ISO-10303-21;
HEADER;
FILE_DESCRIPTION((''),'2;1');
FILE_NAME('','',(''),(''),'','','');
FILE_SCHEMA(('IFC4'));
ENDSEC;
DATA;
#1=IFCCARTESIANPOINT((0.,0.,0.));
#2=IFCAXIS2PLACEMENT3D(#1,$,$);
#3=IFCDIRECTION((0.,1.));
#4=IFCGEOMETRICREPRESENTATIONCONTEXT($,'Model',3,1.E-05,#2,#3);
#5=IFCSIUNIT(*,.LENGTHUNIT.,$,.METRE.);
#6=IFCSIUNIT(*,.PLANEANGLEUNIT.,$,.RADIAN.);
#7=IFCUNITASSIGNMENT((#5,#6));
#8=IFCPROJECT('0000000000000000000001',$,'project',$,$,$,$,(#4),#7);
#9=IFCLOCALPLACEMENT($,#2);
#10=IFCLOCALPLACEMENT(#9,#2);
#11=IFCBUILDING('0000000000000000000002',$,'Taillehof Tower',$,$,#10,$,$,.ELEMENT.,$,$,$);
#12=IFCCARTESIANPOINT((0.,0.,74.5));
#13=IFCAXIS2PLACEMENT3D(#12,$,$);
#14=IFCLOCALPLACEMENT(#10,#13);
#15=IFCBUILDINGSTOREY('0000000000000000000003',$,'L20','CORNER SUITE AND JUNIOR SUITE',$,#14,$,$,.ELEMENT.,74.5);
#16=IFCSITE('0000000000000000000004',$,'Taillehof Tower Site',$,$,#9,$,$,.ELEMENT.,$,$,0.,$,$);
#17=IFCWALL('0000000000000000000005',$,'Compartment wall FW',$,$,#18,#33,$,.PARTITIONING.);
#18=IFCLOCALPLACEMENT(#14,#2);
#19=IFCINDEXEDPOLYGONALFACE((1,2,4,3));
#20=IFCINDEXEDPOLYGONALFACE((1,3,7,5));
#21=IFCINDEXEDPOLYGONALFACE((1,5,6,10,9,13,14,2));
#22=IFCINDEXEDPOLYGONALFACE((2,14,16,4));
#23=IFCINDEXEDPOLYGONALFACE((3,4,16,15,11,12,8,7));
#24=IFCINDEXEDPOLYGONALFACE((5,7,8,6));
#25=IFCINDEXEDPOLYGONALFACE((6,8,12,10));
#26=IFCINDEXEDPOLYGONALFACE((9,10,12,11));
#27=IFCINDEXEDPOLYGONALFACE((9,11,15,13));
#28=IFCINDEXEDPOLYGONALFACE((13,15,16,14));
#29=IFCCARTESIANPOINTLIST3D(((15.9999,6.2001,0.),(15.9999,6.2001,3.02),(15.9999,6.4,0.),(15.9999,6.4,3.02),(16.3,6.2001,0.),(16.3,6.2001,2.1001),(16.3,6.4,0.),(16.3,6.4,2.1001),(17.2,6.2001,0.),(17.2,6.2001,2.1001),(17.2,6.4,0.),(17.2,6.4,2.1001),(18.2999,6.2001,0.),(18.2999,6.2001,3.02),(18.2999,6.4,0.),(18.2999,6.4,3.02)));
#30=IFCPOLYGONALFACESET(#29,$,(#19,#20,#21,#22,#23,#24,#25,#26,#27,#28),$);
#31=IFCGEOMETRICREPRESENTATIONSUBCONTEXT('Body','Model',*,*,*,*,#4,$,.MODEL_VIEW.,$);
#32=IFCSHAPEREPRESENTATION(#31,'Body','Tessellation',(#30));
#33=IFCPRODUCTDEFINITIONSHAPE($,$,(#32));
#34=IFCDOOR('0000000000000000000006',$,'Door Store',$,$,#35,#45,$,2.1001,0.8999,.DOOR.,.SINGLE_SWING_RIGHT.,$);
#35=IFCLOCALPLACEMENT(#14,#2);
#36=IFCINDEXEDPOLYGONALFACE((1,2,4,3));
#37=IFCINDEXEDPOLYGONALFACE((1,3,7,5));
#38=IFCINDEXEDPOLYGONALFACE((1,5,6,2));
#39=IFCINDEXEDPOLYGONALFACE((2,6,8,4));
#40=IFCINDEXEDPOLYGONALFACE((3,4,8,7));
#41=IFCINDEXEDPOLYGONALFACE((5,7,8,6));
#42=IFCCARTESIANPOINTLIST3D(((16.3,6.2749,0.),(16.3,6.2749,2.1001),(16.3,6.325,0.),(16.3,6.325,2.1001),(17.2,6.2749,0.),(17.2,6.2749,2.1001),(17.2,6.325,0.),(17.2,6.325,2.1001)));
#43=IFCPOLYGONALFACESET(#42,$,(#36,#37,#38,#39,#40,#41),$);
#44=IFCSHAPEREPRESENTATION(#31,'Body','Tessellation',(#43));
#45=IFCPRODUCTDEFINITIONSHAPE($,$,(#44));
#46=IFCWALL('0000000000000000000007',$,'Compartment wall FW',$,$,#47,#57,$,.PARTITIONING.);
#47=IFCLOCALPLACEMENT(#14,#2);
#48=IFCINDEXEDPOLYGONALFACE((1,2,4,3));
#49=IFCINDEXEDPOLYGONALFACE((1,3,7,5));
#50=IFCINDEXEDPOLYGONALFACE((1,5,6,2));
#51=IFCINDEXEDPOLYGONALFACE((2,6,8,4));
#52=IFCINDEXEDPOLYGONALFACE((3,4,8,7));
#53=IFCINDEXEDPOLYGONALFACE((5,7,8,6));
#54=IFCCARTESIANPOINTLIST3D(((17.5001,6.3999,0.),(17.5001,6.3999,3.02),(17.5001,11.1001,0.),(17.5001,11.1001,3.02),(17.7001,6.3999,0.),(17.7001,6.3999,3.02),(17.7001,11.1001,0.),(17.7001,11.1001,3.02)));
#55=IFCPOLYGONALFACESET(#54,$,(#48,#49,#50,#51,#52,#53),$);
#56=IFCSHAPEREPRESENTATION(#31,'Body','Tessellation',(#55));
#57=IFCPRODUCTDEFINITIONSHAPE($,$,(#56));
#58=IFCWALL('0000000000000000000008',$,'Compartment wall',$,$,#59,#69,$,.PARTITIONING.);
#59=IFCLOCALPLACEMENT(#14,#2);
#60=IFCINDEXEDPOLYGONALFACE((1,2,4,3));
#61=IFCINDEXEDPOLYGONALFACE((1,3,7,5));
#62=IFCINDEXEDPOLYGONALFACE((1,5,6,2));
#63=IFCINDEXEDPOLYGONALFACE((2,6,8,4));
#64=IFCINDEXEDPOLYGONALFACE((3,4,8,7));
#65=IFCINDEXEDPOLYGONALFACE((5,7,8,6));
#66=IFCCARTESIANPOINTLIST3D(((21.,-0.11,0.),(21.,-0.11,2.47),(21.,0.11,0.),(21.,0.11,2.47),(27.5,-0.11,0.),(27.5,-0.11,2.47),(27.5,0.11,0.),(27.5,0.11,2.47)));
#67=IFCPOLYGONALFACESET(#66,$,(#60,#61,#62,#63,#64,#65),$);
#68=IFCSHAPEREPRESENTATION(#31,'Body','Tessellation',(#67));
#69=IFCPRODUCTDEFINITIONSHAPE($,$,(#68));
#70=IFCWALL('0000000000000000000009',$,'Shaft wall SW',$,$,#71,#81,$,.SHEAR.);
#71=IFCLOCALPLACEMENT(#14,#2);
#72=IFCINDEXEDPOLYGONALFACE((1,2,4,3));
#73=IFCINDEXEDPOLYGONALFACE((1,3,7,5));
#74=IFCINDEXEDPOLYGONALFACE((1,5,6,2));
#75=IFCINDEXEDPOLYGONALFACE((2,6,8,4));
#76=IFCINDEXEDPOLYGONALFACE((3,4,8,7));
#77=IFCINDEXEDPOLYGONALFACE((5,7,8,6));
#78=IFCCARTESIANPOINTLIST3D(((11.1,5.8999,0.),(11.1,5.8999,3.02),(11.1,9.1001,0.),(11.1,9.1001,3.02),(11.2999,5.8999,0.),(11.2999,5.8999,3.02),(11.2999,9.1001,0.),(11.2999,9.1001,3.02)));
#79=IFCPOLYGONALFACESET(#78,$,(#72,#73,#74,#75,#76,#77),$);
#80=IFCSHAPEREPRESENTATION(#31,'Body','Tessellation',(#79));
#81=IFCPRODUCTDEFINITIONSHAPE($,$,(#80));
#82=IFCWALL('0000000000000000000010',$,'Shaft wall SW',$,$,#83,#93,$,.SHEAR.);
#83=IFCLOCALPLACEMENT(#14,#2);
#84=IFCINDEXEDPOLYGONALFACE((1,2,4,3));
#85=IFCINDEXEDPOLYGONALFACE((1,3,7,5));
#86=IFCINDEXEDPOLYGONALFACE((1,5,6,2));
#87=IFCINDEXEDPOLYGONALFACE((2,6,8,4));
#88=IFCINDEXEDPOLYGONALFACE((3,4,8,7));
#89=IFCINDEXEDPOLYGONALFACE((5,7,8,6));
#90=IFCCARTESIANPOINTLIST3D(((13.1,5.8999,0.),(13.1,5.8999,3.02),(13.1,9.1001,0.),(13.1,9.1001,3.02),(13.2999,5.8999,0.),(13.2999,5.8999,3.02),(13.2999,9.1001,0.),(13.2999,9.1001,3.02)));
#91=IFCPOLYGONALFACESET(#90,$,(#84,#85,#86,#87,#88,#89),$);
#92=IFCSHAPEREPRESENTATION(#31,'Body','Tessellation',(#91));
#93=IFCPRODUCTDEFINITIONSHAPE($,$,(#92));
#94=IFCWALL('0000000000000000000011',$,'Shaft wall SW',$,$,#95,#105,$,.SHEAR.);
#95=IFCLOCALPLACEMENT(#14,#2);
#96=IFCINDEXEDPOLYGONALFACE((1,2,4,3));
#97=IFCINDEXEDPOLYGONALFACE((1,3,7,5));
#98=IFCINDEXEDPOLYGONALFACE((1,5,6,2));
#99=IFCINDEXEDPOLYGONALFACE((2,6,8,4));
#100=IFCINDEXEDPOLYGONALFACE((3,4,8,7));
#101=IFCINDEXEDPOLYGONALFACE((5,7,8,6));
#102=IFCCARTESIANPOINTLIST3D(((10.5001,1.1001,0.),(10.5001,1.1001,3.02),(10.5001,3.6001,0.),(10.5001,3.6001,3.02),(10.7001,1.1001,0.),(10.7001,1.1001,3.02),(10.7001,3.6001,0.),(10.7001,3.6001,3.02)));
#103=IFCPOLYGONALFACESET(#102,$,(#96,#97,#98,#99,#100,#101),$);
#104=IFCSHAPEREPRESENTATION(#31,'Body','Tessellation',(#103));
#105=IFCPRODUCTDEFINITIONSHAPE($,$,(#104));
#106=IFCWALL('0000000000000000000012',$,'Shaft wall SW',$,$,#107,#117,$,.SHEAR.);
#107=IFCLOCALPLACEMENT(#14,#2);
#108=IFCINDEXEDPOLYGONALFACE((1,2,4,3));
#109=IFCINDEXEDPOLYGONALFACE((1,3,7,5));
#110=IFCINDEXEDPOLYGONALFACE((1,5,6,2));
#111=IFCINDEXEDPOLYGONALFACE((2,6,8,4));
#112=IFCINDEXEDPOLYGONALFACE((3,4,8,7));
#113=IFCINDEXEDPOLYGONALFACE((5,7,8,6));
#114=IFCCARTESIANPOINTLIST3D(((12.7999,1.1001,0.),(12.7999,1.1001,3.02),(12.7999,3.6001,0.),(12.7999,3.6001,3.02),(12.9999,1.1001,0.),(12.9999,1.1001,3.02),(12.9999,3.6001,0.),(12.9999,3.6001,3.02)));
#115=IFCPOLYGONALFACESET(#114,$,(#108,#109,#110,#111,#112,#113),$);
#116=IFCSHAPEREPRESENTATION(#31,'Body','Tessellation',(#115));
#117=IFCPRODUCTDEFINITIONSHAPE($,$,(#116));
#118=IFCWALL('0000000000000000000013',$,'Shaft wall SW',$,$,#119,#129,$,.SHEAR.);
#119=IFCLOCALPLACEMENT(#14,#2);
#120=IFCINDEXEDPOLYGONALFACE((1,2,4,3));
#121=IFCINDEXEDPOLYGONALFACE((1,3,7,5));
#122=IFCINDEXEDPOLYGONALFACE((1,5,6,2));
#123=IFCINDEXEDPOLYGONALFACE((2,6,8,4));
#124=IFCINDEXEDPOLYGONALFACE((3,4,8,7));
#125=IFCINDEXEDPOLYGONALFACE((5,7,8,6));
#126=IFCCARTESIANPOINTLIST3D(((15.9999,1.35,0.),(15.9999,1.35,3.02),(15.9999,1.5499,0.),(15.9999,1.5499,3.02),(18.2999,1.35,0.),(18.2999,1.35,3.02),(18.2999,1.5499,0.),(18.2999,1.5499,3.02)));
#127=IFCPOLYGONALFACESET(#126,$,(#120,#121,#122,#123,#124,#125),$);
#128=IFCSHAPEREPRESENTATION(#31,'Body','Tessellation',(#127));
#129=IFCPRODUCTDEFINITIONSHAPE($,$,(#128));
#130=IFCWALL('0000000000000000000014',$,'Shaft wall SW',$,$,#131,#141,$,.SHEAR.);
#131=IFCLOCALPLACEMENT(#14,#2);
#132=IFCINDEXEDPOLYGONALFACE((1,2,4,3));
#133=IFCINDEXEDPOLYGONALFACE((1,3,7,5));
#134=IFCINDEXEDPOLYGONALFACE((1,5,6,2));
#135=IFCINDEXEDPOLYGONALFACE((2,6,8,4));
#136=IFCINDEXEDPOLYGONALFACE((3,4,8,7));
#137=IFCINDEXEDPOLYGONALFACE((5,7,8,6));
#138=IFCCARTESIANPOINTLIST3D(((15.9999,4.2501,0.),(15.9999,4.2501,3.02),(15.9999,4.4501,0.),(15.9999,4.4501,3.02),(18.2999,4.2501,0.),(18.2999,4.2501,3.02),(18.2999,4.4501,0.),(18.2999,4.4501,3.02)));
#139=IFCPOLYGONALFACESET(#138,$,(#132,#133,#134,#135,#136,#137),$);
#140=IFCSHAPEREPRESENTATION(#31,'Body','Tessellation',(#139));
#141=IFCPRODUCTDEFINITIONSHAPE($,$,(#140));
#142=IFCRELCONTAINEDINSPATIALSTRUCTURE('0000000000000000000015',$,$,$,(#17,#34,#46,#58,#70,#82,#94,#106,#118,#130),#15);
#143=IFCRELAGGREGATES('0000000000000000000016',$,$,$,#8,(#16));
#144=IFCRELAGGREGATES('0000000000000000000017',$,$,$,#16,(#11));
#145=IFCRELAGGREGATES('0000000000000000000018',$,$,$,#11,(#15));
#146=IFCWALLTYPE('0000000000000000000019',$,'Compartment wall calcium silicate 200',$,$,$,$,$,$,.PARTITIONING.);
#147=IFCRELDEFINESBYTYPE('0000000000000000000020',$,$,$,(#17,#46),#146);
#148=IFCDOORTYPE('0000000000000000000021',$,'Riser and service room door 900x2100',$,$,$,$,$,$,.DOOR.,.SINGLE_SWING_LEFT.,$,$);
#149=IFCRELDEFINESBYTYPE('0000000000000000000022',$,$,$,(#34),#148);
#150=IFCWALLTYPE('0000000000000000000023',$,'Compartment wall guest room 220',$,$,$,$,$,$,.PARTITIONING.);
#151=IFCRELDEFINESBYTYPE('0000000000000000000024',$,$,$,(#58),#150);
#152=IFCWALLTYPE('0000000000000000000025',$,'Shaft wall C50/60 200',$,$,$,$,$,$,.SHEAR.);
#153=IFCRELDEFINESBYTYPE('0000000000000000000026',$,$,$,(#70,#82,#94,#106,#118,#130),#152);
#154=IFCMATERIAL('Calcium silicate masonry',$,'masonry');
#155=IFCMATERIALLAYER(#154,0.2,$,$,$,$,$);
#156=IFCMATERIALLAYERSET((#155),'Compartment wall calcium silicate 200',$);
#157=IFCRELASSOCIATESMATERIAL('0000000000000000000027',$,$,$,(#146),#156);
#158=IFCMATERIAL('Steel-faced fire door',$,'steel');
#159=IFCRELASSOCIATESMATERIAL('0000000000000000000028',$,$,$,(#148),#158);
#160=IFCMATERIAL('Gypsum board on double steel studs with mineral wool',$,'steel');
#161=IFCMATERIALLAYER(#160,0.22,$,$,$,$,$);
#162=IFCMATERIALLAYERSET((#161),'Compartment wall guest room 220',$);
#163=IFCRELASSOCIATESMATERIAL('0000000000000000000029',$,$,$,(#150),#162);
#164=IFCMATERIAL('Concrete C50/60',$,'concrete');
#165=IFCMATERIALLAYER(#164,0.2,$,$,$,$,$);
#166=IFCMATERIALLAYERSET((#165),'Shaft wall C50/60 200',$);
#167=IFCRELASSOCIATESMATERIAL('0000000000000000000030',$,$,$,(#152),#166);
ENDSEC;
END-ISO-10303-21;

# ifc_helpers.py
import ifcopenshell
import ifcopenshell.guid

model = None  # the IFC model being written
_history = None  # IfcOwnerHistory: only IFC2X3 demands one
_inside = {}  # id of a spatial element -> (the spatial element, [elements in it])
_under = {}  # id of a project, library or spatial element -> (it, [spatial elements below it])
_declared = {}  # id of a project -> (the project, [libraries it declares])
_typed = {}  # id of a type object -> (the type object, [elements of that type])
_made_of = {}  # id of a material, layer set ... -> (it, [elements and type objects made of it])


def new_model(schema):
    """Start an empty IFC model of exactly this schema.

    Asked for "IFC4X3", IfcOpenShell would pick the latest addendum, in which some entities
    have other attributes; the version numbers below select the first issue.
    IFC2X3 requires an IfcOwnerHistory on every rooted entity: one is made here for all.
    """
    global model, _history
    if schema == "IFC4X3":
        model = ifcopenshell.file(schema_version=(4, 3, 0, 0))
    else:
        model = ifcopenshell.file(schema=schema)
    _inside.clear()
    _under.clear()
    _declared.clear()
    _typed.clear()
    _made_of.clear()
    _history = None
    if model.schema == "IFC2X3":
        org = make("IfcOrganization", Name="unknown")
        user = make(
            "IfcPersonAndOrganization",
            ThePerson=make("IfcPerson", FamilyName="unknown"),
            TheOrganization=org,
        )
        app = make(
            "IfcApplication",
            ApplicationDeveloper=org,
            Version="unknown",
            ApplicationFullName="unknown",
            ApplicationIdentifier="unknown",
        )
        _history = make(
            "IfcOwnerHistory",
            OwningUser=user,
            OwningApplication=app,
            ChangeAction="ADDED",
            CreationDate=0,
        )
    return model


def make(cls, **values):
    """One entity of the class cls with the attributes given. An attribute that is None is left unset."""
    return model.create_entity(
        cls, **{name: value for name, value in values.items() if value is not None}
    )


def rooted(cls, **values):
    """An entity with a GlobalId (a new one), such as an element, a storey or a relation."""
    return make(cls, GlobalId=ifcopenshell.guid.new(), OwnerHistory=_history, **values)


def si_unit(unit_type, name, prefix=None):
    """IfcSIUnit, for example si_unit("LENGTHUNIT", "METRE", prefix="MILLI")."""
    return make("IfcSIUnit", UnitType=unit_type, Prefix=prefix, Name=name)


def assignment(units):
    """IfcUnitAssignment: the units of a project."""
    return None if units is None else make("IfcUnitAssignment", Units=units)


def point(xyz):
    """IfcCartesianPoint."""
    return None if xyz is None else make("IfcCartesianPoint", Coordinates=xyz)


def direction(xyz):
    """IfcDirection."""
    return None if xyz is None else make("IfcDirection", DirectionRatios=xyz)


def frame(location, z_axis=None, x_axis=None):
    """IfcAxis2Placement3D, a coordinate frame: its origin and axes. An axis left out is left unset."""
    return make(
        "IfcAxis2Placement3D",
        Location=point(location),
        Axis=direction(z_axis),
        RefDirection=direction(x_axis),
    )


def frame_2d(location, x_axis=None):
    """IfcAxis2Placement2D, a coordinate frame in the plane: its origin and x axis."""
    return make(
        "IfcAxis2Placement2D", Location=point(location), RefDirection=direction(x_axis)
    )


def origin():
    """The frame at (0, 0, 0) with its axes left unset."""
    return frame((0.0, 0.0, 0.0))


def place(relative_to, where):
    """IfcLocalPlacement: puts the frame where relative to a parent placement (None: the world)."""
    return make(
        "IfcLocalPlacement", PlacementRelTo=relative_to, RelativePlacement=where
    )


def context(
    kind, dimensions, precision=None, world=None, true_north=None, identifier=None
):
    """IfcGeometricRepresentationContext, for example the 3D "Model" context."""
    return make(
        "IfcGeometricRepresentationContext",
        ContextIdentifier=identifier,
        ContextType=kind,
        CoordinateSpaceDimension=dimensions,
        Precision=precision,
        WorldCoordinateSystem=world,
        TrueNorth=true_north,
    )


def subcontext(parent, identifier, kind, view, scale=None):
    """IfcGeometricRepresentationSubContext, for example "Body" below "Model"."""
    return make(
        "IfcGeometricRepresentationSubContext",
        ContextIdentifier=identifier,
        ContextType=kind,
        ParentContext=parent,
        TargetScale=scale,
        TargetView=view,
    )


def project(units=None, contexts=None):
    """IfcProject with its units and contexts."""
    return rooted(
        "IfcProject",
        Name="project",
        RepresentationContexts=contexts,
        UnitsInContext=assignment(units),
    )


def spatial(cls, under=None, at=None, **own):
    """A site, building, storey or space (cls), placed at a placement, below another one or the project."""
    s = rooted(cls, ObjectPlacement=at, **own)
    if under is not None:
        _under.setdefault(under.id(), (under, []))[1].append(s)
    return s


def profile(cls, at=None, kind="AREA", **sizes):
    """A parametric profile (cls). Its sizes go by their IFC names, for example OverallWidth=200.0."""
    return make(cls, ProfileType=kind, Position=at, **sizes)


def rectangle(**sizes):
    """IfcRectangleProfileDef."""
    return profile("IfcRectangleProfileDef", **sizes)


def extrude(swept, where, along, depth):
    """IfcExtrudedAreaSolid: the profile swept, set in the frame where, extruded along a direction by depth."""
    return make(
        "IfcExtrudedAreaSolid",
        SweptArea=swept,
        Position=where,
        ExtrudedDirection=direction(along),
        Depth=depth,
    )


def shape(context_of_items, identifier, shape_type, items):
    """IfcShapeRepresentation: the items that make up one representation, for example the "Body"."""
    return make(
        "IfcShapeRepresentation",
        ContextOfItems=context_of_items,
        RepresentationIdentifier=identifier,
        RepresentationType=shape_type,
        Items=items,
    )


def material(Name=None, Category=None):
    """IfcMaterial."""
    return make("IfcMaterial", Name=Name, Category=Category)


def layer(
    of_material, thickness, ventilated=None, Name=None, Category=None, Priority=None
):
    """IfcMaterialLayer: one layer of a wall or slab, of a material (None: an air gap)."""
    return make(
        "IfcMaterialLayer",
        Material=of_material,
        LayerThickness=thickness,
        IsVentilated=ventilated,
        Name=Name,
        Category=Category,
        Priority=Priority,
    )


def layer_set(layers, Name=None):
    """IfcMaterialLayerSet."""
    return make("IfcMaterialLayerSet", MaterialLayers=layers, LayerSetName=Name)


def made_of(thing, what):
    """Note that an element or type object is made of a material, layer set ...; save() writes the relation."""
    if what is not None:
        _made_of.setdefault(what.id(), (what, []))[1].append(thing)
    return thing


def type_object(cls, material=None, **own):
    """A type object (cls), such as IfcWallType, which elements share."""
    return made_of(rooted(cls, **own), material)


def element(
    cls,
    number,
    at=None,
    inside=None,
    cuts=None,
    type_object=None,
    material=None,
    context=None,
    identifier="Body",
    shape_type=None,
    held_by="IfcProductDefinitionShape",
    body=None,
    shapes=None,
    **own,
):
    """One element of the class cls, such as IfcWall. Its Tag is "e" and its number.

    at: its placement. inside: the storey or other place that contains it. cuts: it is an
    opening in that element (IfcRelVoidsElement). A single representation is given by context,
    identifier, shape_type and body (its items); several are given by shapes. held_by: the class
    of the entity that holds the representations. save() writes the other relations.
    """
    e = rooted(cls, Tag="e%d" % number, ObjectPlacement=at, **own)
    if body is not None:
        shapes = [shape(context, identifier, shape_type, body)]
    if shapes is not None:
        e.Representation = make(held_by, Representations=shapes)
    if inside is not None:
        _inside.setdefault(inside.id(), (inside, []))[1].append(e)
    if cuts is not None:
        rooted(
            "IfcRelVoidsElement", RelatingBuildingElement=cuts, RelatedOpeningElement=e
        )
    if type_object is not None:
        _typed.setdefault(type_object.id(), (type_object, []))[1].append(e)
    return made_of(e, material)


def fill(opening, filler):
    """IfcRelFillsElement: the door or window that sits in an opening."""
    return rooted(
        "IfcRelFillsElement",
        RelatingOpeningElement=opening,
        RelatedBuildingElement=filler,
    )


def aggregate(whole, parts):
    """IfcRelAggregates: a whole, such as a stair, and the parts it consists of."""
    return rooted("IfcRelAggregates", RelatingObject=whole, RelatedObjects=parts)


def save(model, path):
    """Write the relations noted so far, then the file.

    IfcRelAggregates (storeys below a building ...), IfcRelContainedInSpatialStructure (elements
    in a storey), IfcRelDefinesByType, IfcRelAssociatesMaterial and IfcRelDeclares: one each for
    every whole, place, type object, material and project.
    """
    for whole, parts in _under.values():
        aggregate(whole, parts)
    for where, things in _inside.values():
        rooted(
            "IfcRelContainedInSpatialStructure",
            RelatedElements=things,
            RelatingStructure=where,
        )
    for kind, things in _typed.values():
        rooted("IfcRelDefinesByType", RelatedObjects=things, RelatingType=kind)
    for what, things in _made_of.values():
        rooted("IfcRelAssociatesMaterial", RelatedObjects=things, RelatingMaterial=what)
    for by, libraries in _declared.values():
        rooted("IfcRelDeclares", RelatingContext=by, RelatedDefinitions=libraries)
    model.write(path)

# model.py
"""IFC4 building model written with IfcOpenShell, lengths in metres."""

from ifc_helpers import new_model, si_unit, direction, frame, frame_2d, origin, place, context, subcontext, project, spatial, rectangle, extrude, material, layer, layer_set, type_object, element, fill, save


model = new_model("IFC4")

# Units and contexts
model_context = context("Model", 3, precision=1e-05, world=origin(), true_north=direction((0.0, 1.0)))
body_context = subcontext(model_context, "Body", "Model", "MODEL_VIEW")
ifc_project = project(units=[si_unit("LENGTHUNIT", "METRE"), si_unit("PLANEANGLEUNIT", "RADIAN")], contexts=[model_context])

# Site, building, storey
site_placement = place(None, origin())
site = spatial("IfcSite", under=ifc_project, at=site_placement, Name="Taillehof Tower Site", CompositionType="ELEMENT", RefElevation=0.0)
building_placement = place(site_placement, origin())
building = spatial("IfcBuilding", under=site, at=building_placement, Name="Taillehof Tower", CompositionType="ELEMENT")
storey_placement = place(building_placement, frame((0.0, 0.0, 74.5)))
storey = spatial("IfcBuildingStorey", under=building, at=storey_placement, Name="L20", Description="CORNER SUITE AND JUNIOR SUITE", CompositionType="ELEMENT", Elevation=74.5)

# Wall, opening, door
ifc_material_1 = material(Name="Calcium silicate masonry", Category="masonry")
ifc_layer_1 = layer(ifc_material_1, 0.2)
ifc_layer_set_1 = layer_set([ifc_layer_1], Name="Compartment wall calcium silicate 200")
wall_type_1 = type_object("IfcWallType", Name="Compartment wall calcium silicate 200", PredefinedType="PARTITIONING", material=ifc_layer_set_1)
wall_1_placement = place(storey_placement, frame((16.0, 6.3, 0.0), z_axis=(0.0, 0.0, 1.0), x_axis=(1.0, 0.0, 0.0)))
wall_1 = element("IfcWall", 1, at=wall_1_placement, inside=storey, type_object=wall_type_1, Name="Compartment wall FW", PredefinedType="PARTITIONING", context=body_context, shape_type="SweptSolid", body=[
    extrude(rectangle(XDim=2.3, YDim=0.2, at=frame_2d((1.1499, 0.0))), origin(), (0.0, 0.0, 1.0), 3.02),
])
opening_1_placement = place(wall_1_placement, frame((0.3, 0.0, 0.0)))
opening_1 = element("IfcOpeningElement", 2, at=opening_1_placement, cuts=wall_1, PredefinedType="OPENING", context=body_context, shape_type="SweptSolid", body=[
    extrude(rectangle(XDim=0.8999, YDim=2.1001, at=frame_2d((0.45, 1.05))), frame((0.0, 0.1099, 0.0), z_axis=(0.0, -1.0, 0.0), x_axis=(1.0, 0.0, 0.0)), (0.0, 0.0, 1.0), 0.22),
])
ifc_material_2 = material(Name="Steel-faced fire door", Category="steel")
door_type = type_object("IfcDoorType", Name="Riser and service room door 900x2100", OperationType="SINGLE_SWING_LEFT", PredefinedType="DOOR", material=ifc_material_2)
door_placement = place(opening_1_placement, origin())
door = element("IfcDoor", 3, at=door_placement, inside=storey, type_object=door_type, Name="Door Store", OperationType="SINGLE_SWING_RIGHT", OverallHeight=2.1001, OverallWidth=0.8999, PredefinedType="DOOR", context=body_context, shape_type="SweptSolid", body=[
    extrude(rectangle(XDim=0.8999, YDim=2.1001, at=frame_2d((0.45, 1.05))), frame((0.0, 0.0249, 0.0), z_axis=(0.0, -1.0, 0.0), x_axis=(1.0, 0.0, 0.0)), (0.0, 0.0, 1.0), 0.05),
])
fill(opening_1, door)

# Walls
wall_2_placement = place(storey_placement, frame((17.6001, 6.3999, 0.0), z_axis=(0.0, 0.0, 1.0), x_axis=(0.0, 1.0, 0.0)))
element("IfcWall", 4, at=wall_2_placement, inside=storey, type_object=wall_type_1, Name="Compartment wall FW", PredefinedType="PARTITIONING", context=body_context, shape_type="SweptSolid", body=[
    extrude(rectangle(XDim=4.7002, YDim=0.2, at=frame_2d((2.3501, 0.0))), origin(), (0.0, 0.0, 1.0), 3.02),
])
ifc_material_3 = material(Name="Gypsum board on double steel studs with mineral wool", Category="steel")
ifc_layer_2 = layer(ifc_material_3, 0.22)
ifc_layer_set_2 = layer_set([ifc_layer_2], Name="Compartment wall guest room 220")
wall_type_2 = type_object("IfcWallType", Name="Compartment wall guest room 220", PredefinedType="PARTITIONING", material=ifc_layer_set_2)
wall_3_placement = place(storey_placement, frame((27.5, 0.0, 0.0), z_axis=(0.0, 0.0, 1.0), x_axis=(-1.0, 0.0, 0.0)))
element("IfcWall", 5, at=wall_3_placement, inside=storey, type_object=wall_type_2, Name="Compartment wall", PredefinedType="PARTITIONING", context=body_context, shape_type="SweptSolid", body=[
    extrude(rectangle(XDim=6.5, YDim=0.22, at=frame_2d((3.25, 0.0))), origin(), (0.0, 0.0, 1.0), 2.47),
])
ifc_material_4 = material(Name="Concrete C50/60", Category="concrete")
ifc_layer_3 = layer(ifc_material_4, 0.2)
ifc_layer_set_3 = layer_set([ifc_layer_3], Name="Shaft wall C50/60 200")
wall_type_3 = type_object("IfcWallType", Name="Shaft wall C50/60 200", PredefinedType="SHEAR", material=ifc_layer_set_3)
for number, where, z_axis, x_axis, name in (
    (6, (11.2, 5.8999, 0.0), (0.0, 0.0, 1.0), (0.0, 1.0, 0.0), "Shaft wall SW"),
    (7, (13.2, 5.8999, 0.0), (0.0, 0.0, 1.0), (0.0, 1.0, 0.0), "Shaft wall SW"),
):
    element("IfcWall", number, at=place(storey_placement, frame(where, z_axis=z_axis, x_axis=x_axis)), inside=storey, type_object=wall_type_3, Name=name, PredefinedType="SHEAR", context=body_context, shape_type="SweptSolid", body=[
        extrude(rectangle(XDim=3.2002, YDim=0.2, at=frame_2d((1.6001, 0.0))), origin(), (0.0, 0.0, 1.0), 3.02),
    ])
for number, where, z_axis, x_axis, name in (
    (8, (10.6001, 1.1001, 0.0), (0.0, 0.0, 1.0), (0.0, 1.0, 0.0), "Shaft wall SW"),
    (9, (12.8999, 1.1001, 0.0), (0.0, 0.0, 1.0), (0.0, 1.0, 0.0), "Shaft wall SW"),
):
    element("IfcWall", number, at=place(storey_placement, frame(where, z_axis=z_axis, x_axis=x_axis)), inside=storey, type_object=wall_type_3, Name=name, PredefinedType="SHEAR", context=body_context, shape_type="SweptSolid", body=[
        extrude(rectangle(XDim=2.5, YDim=0.2, at=frame_2d((1.25, 0.0))), origin(), (0.0, 0.0, 1.0), 3.02),
    ])
for number, where, z_axis, x_axis, name in (
    (10, (16.0, 1.45, 0.0), (0.0, 0.0, 1.0), (1.0, 0.0, 0.0), "Shaft wall SW"),
    (11, (16.0, 4.3501, 0.0), (0.0, 0.0, 1.0), (1.0, 0.0, 0.0), "Shaft wall SW"),
):
    element("IfcWall", number, at=place(storey_placement, frame(where, z_axis=z_axis, x_axis=x_axis)), inside=storey, type_object=wall_type_3, Name=name, PredefinedType="SHEAR", context=body_context, shape_type="SweptSolid", body=[
        extrude(rectangle(XDim=2.3, YDim=0.2, at=frame_2d((1.1499, 0.0))), origin(), (0.0, 0.0, 1.0), 3.02),
    ])

save(model, "model.ifc")
